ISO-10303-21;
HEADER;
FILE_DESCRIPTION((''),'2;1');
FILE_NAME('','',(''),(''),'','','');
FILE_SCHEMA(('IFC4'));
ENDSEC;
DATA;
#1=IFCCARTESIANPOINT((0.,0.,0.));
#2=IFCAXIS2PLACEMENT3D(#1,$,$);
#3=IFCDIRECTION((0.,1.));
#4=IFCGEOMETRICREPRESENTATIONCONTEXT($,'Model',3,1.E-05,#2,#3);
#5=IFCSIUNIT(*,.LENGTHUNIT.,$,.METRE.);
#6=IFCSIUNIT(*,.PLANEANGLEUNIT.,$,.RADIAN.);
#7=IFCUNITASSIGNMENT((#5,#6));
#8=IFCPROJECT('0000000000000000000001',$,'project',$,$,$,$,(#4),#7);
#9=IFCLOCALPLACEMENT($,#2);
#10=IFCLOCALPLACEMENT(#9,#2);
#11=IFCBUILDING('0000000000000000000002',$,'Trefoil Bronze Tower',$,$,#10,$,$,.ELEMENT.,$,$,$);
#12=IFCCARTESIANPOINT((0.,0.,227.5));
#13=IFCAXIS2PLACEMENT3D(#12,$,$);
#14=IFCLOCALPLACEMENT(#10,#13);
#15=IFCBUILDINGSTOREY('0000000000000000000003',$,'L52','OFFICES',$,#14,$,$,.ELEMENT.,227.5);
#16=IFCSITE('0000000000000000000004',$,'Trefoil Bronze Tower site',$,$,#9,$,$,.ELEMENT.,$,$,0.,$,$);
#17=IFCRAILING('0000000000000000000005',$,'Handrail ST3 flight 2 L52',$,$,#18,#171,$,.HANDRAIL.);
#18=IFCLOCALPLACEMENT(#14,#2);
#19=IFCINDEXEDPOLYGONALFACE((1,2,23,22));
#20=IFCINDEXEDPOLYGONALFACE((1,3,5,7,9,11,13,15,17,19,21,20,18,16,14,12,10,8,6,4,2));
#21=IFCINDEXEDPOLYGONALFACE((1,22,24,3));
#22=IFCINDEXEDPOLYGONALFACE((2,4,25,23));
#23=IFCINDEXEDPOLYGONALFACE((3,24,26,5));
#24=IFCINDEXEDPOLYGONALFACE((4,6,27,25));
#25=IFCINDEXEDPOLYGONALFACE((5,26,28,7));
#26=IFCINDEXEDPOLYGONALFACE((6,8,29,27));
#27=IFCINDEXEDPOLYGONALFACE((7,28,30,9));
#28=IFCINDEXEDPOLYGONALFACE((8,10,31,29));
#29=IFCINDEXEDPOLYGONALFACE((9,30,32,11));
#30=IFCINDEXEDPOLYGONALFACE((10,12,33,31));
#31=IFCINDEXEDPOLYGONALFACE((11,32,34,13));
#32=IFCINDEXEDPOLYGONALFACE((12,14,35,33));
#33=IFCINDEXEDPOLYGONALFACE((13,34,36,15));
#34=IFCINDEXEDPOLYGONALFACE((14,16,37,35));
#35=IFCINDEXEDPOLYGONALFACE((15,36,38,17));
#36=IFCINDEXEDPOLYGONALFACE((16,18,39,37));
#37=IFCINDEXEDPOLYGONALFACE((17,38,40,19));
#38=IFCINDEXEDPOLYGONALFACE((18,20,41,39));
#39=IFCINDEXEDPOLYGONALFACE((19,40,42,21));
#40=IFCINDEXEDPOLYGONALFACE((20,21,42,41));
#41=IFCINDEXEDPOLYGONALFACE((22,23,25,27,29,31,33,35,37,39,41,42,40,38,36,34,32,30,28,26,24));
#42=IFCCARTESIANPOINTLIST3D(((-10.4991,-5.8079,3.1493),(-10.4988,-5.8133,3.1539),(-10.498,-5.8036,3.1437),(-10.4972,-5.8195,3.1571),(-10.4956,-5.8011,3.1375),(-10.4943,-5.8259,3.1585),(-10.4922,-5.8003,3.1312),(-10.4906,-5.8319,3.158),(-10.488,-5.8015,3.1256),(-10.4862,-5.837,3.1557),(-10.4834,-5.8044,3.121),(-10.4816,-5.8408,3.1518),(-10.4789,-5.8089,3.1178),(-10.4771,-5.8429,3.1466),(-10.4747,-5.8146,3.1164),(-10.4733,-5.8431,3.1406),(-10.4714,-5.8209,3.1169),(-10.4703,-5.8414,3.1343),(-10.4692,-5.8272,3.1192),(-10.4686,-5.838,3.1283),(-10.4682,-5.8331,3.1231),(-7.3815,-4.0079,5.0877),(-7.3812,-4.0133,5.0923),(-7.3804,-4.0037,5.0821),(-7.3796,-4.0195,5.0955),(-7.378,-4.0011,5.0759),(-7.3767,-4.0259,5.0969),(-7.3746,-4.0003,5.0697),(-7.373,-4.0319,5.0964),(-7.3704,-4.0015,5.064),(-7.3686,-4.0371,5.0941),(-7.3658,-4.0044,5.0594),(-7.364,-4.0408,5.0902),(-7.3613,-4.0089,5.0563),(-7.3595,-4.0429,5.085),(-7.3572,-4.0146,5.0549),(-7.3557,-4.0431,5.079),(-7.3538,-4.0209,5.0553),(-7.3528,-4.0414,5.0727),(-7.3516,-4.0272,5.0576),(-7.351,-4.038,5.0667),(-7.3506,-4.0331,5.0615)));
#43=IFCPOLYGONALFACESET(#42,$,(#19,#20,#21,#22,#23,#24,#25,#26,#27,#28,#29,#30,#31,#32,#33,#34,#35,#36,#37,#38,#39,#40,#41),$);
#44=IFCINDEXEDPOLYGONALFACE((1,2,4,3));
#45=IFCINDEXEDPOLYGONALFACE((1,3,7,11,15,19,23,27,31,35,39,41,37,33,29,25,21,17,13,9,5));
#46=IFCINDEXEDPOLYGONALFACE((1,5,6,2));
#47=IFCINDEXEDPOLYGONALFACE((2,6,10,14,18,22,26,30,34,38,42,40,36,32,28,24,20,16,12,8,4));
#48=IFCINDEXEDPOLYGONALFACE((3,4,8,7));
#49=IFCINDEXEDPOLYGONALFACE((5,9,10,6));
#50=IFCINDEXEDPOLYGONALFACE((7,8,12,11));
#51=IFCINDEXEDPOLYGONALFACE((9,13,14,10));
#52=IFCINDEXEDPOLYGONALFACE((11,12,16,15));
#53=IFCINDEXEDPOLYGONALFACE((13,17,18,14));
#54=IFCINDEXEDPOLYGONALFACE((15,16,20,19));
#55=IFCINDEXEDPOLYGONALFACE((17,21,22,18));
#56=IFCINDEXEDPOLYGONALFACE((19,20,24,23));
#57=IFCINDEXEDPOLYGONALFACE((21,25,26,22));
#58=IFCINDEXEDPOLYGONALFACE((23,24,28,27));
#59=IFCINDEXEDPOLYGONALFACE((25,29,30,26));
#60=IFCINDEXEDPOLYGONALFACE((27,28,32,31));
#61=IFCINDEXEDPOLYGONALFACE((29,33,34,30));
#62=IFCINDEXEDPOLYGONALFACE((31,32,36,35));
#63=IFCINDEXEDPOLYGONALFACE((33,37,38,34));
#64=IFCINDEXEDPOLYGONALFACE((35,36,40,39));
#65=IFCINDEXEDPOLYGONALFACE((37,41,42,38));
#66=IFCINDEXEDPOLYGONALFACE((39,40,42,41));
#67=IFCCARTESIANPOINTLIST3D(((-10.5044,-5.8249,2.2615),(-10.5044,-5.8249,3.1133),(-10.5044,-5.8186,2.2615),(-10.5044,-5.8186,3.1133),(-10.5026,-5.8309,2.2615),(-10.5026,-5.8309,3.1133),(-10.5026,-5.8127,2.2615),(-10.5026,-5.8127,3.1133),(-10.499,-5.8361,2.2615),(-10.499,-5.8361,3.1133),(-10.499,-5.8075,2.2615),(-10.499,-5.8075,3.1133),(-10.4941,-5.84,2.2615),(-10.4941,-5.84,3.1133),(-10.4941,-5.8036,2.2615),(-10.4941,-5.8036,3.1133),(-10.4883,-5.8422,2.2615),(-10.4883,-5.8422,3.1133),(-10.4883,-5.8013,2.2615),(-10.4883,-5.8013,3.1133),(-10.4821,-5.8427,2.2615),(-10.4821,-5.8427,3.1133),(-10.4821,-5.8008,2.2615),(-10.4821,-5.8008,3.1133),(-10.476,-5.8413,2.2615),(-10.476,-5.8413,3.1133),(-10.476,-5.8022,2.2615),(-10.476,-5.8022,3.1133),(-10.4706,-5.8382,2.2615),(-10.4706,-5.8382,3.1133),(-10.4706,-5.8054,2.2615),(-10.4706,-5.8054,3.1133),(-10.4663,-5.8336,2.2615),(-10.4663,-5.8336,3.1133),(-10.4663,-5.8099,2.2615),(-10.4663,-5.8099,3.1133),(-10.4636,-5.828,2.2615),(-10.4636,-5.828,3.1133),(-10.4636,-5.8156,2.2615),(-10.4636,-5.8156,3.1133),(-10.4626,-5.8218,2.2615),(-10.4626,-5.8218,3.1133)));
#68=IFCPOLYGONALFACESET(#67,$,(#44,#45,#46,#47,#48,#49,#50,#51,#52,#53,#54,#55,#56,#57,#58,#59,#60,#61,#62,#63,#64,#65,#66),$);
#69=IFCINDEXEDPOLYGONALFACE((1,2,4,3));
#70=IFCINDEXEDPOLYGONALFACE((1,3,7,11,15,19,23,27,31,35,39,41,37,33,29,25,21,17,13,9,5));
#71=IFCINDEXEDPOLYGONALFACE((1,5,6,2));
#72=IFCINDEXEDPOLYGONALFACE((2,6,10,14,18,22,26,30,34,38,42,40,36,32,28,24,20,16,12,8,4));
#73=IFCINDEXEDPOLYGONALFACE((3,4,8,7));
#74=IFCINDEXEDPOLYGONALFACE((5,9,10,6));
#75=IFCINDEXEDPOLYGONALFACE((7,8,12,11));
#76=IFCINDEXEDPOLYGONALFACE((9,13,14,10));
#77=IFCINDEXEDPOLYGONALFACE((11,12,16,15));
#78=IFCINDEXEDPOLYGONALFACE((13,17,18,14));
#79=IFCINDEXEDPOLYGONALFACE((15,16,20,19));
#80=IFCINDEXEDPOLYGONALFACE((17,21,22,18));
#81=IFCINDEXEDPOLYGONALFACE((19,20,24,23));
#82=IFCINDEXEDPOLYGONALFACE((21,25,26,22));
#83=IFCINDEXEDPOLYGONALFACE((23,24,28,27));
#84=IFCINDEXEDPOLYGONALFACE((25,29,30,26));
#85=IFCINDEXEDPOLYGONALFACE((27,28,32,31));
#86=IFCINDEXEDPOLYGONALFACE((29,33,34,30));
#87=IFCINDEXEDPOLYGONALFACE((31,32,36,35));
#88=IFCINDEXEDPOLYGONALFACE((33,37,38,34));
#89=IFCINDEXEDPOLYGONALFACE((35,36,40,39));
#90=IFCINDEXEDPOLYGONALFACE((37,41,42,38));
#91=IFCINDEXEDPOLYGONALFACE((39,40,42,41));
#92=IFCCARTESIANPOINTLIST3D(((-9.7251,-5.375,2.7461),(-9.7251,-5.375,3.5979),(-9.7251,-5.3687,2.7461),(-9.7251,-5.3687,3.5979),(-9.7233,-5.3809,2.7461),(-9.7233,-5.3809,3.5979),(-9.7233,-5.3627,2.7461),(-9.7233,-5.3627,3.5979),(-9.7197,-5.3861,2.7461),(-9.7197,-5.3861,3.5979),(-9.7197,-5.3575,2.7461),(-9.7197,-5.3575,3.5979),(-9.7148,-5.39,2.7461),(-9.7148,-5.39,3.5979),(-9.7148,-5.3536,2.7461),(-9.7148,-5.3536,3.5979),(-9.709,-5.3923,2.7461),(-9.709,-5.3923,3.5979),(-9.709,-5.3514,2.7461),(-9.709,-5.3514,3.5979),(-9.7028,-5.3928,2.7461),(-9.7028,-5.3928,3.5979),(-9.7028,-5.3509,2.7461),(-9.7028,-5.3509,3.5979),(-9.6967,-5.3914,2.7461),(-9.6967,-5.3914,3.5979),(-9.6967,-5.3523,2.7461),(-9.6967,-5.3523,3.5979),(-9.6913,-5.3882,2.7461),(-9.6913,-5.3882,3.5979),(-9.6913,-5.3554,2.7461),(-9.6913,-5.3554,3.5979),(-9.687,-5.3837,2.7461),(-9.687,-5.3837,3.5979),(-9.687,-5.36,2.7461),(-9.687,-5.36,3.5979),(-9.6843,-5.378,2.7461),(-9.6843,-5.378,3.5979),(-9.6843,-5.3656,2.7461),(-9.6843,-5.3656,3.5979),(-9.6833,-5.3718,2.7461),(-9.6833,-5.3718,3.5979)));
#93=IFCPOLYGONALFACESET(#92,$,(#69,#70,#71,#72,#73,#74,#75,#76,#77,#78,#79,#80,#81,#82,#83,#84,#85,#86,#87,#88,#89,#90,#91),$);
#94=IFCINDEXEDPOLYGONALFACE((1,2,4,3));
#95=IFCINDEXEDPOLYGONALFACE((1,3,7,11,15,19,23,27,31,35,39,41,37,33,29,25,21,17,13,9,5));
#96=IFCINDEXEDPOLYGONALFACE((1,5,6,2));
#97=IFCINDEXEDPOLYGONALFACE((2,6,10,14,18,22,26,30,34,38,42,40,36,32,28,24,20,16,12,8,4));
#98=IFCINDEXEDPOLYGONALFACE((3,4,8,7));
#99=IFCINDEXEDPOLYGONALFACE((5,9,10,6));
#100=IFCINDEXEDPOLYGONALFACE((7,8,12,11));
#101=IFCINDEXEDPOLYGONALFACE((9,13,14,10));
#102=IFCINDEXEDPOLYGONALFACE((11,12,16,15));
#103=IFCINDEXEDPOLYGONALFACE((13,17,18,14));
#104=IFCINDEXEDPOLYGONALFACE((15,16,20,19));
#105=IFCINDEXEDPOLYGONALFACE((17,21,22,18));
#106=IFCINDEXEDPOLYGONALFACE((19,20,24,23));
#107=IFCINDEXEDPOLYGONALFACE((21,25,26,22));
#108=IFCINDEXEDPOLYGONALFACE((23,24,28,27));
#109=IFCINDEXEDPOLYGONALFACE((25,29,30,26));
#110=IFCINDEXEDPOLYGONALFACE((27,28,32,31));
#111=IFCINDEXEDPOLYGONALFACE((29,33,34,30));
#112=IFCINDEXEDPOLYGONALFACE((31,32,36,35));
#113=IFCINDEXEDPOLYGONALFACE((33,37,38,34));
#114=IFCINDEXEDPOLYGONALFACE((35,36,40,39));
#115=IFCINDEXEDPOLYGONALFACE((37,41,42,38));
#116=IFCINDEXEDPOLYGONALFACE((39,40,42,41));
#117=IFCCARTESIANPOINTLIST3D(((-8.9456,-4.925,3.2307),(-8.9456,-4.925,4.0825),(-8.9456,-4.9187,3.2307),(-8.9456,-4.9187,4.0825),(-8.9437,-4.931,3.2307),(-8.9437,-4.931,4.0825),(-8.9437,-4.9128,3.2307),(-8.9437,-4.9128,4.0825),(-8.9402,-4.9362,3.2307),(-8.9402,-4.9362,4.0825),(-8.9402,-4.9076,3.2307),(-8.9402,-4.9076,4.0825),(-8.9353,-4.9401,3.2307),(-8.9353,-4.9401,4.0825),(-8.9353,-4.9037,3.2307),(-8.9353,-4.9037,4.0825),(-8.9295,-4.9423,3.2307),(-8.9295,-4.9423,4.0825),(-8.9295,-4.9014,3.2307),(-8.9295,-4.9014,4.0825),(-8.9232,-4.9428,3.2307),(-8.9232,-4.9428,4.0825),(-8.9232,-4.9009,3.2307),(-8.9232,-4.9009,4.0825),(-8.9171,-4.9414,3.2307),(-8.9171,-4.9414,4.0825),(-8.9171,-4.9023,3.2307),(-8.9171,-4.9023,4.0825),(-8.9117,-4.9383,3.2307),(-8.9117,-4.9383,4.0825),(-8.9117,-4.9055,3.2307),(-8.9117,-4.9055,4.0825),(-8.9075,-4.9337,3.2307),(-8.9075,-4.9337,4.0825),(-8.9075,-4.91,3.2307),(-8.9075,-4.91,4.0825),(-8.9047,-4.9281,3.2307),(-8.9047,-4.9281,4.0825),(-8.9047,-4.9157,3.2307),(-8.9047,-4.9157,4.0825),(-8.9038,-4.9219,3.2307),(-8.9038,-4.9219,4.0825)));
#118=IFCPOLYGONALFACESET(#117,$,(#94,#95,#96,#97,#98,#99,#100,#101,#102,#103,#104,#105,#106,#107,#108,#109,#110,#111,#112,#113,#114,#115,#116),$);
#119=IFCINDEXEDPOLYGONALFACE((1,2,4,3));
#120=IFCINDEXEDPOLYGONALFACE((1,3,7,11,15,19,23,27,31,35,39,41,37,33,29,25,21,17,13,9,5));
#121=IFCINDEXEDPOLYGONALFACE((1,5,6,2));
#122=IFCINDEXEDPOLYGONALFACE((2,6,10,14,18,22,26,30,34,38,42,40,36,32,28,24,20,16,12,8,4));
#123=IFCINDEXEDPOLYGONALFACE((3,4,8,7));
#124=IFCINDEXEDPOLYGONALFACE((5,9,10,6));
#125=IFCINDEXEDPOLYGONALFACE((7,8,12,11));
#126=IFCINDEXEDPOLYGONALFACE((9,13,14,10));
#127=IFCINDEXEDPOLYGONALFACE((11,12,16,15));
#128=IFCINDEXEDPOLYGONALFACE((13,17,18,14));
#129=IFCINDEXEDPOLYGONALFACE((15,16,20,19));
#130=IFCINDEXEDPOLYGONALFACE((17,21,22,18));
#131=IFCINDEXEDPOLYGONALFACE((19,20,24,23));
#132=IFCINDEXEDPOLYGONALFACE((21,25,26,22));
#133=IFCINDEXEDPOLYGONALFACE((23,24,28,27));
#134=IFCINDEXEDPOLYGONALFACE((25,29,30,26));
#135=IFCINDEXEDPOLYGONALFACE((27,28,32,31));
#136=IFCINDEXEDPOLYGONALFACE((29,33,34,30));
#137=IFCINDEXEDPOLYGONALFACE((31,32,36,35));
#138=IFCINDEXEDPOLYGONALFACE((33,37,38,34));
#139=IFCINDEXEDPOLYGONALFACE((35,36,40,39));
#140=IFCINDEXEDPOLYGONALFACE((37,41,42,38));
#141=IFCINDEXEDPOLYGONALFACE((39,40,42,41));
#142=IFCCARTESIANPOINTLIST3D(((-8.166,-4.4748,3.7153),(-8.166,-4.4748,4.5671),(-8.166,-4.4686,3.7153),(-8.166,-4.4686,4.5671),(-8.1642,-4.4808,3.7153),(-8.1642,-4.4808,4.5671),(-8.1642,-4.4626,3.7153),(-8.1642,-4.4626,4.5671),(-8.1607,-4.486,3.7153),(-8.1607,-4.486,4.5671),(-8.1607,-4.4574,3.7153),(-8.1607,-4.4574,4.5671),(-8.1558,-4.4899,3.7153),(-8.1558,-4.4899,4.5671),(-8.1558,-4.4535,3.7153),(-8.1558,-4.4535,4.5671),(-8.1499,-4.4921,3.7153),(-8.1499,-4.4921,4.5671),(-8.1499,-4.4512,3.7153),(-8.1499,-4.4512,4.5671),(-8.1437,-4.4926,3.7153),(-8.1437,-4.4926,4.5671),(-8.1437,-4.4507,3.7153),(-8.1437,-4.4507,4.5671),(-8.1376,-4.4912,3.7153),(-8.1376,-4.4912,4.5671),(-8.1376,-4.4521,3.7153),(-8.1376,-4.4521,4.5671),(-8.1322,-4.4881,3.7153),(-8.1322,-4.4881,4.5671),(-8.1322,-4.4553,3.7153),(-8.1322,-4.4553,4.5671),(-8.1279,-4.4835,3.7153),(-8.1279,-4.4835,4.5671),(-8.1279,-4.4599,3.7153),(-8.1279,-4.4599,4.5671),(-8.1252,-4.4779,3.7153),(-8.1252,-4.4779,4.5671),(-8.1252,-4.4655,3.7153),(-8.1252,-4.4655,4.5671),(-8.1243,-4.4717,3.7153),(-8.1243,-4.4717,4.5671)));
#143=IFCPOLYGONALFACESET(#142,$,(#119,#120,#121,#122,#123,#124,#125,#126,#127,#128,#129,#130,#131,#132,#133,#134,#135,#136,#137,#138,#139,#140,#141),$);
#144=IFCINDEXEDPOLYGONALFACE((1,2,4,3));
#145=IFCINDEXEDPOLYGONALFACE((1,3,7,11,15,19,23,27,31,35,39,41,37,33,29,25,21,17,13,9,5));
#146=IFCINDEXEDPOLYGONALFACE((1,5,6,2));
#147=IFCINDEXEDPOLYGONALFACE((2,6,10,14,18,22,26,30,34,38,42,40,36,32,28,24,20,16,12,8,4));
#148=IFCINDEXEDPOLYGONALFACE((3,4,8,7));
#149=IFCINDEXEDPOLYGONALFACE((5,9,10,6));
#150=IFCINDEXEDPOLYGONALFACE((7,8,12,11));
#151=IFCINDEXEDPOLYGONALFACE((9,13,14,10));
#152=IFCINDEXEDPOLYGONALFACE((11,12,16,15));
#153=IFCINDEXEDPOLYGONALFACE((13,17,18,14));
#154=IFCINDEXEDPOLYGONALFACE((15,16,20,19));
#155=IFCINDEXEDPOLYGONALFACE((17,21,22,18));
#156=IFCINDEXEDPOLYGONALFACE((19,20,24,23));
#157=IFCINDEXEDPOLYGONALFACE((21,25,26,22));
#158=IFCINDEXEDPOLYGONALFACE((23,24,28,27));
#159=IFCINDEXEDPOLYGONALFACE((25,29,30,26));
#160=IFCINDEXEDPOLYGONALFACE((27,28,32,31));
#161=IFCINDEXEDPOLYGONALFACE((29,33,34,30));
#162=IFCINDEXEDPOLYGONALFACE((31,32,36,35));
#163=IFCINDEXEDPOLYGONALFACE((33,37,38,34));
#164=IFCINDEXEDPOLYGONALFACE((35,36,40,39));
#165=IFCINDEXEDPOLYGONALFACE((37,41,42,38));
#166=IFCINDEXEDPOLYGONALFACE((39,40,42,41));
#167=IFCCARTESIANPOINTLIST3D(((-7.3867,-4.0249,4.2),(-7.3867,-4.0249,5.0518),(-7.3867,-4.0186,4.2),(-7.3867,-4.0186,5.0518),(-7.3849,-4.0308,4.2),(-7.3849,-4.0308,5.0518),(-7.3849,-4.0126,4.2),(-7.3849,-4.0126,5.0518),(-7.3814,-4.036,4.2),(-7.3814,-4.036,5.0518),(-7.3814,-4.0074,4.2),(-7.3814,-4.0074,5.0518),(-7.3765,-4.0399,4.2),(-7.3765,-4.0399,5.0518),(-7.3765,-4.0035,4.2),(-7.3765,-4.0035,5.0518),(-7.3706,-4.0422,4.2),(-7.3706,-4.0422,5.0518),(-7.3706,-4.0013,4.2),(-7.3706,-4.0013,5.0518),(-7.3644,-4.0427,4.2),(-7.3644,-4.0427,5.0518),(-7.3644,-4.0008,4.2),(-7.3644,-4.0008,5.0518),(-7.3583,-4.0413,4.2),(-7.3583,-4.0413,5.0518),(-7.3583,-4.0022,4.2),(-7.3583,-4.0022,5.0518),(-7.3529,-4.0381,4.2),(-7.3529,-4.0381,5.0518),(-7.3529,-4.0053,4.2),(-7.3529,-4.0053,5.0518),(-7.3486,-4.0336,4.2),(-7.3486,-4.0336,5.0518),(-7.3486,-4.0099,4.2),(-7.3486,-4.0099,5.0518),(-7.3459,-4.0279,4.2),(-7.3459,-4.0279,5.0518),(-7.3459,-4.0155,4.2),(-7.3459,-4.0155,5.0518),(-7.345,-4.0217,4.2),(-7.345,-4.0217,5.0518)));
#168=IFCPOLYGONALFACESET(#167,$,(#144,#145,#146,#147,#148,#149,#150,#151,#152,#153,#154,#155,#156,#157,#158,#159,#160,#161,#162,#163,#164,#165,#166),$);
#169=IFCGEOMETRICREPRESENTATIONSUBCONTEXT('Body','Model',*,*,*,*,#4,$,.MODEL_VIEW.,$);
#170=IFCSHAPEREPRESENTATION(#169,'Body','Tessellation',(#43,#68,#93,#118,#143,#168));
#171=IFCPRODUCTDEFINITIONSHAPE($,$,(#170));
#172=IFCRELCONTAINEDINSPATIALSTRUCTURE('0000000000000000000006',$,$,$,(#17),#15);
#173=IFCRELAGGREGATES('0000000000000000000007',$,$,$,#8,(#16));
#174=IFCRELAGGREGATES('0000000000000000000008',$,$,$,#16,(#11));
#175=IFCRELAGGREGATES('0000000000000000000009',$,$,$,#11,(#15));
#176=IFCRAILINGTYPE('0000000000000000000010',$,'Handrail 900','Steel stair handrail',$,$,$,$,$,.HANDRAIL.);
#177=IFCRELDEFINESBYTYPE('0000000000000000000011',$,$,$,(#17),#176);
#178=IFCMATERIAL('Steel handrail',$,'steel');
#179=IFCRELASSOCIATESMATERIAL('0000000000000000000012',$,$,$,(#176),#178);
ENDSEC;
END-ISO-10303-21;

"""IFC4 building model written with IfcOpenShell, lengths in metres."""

from ifc_helpers import new_model, si_unit, direction, frame, origin, origin_2d, place, context, subcontext, project, spatial, circle, extrude, material, type_object, element, save


model = new_model("IFC4")

# Units and contexts
model_context = context("Model", 3, precision=1e-05, world=origin(), true_north=direction((0.0, 1.0)))
body_context = subcontext(model_context, "Body", "Model", "MODEL_VIEW")
ifc_project = project(units=[si_unit("LENGTHUNIT", "METRE"), si_unit("PLANEANGLEUNIT", "RADIAN")], contexts=[model_context])

# Site, building, storey
site_placement = place(None, origin())
site = spatial("IfcSite", under=ifc_project, at=site_placement, Name="Trefoil Bronze Tower site", CompositionType="ELEMENT", RefElevation=0.0)
building_placement = place(site_placement, origin())
building = spatial("IfcBuilding", under=site, at=building_placement, Name="Trefoil Bronze Tower", CompositionType="ELEMENT")
storey_placement = place(building_placement, frame((0.0, 0.0, 227.5)))
storey = spatial("IfcBuildingStorey", under=building, at=storey_placement, Name="L52", Description="OFFICES", CompositionType="ELEMENT", Elevation=227.5)

# Railing
ifc_material_1 = material(Name="Steel handrail", Category="steel")
railing_type = type_object("IfcRailingType", Name="Handrail 900", Description="Steel stair handrail", PredefinedType="HANDRAIL", material=ifc_material_1)
railing_placement = place(storey_placement, frame((-10.4836, -5.8218, 2.2615)))
element("IfcRailing", 1, at=railing_placement, inside=storey, type_object=railing_type, Name="Handrail ST3 flight 2 L52", PredefinedType="HANDRAIL", context=body_context, shape_type="SweptSolid", body=[
    extrude(circle(Radius=0.0239, at=origin_2d()), frame((0.0, 0.0, 0.876), z_axis=(0.762503, 0.440246, 0.474102), x_axis=(-0.500012, 0.866018, 0.0)), (0.0, 0.0, 1.0), 4.0886),
    extrude(circle(Radius=0.021, at=origin_2d()), origin(), (0.0, 0.0, 1.0), 0.8518),
    extrude(circle(Radius=0.021, at=origin_2d()), frame((0.7793, 0.45, 0.4846)), (0.0, 0.0, 1.0), 0.8518),
    extrude(circle(Radius=0.021, at=origin_2d()), frame((1.5588, 0.8999, 0.9692)), (0.0, 0.0, 1.0), 0.8518),
    extrude(circle(Radius=0.021, at=origin_2d()), frame((2.3384, 1.3501, 1.4539)), (0.0, 0.0, 1.0), 0.8518),
    extrude(circle(Radius=0.021, at=origin_2d()), frame((3.1177, 1.8, 1.9385)), (0.0, 0.0, 1.0), 0.8518),
])

save(model, "model.ifc")
